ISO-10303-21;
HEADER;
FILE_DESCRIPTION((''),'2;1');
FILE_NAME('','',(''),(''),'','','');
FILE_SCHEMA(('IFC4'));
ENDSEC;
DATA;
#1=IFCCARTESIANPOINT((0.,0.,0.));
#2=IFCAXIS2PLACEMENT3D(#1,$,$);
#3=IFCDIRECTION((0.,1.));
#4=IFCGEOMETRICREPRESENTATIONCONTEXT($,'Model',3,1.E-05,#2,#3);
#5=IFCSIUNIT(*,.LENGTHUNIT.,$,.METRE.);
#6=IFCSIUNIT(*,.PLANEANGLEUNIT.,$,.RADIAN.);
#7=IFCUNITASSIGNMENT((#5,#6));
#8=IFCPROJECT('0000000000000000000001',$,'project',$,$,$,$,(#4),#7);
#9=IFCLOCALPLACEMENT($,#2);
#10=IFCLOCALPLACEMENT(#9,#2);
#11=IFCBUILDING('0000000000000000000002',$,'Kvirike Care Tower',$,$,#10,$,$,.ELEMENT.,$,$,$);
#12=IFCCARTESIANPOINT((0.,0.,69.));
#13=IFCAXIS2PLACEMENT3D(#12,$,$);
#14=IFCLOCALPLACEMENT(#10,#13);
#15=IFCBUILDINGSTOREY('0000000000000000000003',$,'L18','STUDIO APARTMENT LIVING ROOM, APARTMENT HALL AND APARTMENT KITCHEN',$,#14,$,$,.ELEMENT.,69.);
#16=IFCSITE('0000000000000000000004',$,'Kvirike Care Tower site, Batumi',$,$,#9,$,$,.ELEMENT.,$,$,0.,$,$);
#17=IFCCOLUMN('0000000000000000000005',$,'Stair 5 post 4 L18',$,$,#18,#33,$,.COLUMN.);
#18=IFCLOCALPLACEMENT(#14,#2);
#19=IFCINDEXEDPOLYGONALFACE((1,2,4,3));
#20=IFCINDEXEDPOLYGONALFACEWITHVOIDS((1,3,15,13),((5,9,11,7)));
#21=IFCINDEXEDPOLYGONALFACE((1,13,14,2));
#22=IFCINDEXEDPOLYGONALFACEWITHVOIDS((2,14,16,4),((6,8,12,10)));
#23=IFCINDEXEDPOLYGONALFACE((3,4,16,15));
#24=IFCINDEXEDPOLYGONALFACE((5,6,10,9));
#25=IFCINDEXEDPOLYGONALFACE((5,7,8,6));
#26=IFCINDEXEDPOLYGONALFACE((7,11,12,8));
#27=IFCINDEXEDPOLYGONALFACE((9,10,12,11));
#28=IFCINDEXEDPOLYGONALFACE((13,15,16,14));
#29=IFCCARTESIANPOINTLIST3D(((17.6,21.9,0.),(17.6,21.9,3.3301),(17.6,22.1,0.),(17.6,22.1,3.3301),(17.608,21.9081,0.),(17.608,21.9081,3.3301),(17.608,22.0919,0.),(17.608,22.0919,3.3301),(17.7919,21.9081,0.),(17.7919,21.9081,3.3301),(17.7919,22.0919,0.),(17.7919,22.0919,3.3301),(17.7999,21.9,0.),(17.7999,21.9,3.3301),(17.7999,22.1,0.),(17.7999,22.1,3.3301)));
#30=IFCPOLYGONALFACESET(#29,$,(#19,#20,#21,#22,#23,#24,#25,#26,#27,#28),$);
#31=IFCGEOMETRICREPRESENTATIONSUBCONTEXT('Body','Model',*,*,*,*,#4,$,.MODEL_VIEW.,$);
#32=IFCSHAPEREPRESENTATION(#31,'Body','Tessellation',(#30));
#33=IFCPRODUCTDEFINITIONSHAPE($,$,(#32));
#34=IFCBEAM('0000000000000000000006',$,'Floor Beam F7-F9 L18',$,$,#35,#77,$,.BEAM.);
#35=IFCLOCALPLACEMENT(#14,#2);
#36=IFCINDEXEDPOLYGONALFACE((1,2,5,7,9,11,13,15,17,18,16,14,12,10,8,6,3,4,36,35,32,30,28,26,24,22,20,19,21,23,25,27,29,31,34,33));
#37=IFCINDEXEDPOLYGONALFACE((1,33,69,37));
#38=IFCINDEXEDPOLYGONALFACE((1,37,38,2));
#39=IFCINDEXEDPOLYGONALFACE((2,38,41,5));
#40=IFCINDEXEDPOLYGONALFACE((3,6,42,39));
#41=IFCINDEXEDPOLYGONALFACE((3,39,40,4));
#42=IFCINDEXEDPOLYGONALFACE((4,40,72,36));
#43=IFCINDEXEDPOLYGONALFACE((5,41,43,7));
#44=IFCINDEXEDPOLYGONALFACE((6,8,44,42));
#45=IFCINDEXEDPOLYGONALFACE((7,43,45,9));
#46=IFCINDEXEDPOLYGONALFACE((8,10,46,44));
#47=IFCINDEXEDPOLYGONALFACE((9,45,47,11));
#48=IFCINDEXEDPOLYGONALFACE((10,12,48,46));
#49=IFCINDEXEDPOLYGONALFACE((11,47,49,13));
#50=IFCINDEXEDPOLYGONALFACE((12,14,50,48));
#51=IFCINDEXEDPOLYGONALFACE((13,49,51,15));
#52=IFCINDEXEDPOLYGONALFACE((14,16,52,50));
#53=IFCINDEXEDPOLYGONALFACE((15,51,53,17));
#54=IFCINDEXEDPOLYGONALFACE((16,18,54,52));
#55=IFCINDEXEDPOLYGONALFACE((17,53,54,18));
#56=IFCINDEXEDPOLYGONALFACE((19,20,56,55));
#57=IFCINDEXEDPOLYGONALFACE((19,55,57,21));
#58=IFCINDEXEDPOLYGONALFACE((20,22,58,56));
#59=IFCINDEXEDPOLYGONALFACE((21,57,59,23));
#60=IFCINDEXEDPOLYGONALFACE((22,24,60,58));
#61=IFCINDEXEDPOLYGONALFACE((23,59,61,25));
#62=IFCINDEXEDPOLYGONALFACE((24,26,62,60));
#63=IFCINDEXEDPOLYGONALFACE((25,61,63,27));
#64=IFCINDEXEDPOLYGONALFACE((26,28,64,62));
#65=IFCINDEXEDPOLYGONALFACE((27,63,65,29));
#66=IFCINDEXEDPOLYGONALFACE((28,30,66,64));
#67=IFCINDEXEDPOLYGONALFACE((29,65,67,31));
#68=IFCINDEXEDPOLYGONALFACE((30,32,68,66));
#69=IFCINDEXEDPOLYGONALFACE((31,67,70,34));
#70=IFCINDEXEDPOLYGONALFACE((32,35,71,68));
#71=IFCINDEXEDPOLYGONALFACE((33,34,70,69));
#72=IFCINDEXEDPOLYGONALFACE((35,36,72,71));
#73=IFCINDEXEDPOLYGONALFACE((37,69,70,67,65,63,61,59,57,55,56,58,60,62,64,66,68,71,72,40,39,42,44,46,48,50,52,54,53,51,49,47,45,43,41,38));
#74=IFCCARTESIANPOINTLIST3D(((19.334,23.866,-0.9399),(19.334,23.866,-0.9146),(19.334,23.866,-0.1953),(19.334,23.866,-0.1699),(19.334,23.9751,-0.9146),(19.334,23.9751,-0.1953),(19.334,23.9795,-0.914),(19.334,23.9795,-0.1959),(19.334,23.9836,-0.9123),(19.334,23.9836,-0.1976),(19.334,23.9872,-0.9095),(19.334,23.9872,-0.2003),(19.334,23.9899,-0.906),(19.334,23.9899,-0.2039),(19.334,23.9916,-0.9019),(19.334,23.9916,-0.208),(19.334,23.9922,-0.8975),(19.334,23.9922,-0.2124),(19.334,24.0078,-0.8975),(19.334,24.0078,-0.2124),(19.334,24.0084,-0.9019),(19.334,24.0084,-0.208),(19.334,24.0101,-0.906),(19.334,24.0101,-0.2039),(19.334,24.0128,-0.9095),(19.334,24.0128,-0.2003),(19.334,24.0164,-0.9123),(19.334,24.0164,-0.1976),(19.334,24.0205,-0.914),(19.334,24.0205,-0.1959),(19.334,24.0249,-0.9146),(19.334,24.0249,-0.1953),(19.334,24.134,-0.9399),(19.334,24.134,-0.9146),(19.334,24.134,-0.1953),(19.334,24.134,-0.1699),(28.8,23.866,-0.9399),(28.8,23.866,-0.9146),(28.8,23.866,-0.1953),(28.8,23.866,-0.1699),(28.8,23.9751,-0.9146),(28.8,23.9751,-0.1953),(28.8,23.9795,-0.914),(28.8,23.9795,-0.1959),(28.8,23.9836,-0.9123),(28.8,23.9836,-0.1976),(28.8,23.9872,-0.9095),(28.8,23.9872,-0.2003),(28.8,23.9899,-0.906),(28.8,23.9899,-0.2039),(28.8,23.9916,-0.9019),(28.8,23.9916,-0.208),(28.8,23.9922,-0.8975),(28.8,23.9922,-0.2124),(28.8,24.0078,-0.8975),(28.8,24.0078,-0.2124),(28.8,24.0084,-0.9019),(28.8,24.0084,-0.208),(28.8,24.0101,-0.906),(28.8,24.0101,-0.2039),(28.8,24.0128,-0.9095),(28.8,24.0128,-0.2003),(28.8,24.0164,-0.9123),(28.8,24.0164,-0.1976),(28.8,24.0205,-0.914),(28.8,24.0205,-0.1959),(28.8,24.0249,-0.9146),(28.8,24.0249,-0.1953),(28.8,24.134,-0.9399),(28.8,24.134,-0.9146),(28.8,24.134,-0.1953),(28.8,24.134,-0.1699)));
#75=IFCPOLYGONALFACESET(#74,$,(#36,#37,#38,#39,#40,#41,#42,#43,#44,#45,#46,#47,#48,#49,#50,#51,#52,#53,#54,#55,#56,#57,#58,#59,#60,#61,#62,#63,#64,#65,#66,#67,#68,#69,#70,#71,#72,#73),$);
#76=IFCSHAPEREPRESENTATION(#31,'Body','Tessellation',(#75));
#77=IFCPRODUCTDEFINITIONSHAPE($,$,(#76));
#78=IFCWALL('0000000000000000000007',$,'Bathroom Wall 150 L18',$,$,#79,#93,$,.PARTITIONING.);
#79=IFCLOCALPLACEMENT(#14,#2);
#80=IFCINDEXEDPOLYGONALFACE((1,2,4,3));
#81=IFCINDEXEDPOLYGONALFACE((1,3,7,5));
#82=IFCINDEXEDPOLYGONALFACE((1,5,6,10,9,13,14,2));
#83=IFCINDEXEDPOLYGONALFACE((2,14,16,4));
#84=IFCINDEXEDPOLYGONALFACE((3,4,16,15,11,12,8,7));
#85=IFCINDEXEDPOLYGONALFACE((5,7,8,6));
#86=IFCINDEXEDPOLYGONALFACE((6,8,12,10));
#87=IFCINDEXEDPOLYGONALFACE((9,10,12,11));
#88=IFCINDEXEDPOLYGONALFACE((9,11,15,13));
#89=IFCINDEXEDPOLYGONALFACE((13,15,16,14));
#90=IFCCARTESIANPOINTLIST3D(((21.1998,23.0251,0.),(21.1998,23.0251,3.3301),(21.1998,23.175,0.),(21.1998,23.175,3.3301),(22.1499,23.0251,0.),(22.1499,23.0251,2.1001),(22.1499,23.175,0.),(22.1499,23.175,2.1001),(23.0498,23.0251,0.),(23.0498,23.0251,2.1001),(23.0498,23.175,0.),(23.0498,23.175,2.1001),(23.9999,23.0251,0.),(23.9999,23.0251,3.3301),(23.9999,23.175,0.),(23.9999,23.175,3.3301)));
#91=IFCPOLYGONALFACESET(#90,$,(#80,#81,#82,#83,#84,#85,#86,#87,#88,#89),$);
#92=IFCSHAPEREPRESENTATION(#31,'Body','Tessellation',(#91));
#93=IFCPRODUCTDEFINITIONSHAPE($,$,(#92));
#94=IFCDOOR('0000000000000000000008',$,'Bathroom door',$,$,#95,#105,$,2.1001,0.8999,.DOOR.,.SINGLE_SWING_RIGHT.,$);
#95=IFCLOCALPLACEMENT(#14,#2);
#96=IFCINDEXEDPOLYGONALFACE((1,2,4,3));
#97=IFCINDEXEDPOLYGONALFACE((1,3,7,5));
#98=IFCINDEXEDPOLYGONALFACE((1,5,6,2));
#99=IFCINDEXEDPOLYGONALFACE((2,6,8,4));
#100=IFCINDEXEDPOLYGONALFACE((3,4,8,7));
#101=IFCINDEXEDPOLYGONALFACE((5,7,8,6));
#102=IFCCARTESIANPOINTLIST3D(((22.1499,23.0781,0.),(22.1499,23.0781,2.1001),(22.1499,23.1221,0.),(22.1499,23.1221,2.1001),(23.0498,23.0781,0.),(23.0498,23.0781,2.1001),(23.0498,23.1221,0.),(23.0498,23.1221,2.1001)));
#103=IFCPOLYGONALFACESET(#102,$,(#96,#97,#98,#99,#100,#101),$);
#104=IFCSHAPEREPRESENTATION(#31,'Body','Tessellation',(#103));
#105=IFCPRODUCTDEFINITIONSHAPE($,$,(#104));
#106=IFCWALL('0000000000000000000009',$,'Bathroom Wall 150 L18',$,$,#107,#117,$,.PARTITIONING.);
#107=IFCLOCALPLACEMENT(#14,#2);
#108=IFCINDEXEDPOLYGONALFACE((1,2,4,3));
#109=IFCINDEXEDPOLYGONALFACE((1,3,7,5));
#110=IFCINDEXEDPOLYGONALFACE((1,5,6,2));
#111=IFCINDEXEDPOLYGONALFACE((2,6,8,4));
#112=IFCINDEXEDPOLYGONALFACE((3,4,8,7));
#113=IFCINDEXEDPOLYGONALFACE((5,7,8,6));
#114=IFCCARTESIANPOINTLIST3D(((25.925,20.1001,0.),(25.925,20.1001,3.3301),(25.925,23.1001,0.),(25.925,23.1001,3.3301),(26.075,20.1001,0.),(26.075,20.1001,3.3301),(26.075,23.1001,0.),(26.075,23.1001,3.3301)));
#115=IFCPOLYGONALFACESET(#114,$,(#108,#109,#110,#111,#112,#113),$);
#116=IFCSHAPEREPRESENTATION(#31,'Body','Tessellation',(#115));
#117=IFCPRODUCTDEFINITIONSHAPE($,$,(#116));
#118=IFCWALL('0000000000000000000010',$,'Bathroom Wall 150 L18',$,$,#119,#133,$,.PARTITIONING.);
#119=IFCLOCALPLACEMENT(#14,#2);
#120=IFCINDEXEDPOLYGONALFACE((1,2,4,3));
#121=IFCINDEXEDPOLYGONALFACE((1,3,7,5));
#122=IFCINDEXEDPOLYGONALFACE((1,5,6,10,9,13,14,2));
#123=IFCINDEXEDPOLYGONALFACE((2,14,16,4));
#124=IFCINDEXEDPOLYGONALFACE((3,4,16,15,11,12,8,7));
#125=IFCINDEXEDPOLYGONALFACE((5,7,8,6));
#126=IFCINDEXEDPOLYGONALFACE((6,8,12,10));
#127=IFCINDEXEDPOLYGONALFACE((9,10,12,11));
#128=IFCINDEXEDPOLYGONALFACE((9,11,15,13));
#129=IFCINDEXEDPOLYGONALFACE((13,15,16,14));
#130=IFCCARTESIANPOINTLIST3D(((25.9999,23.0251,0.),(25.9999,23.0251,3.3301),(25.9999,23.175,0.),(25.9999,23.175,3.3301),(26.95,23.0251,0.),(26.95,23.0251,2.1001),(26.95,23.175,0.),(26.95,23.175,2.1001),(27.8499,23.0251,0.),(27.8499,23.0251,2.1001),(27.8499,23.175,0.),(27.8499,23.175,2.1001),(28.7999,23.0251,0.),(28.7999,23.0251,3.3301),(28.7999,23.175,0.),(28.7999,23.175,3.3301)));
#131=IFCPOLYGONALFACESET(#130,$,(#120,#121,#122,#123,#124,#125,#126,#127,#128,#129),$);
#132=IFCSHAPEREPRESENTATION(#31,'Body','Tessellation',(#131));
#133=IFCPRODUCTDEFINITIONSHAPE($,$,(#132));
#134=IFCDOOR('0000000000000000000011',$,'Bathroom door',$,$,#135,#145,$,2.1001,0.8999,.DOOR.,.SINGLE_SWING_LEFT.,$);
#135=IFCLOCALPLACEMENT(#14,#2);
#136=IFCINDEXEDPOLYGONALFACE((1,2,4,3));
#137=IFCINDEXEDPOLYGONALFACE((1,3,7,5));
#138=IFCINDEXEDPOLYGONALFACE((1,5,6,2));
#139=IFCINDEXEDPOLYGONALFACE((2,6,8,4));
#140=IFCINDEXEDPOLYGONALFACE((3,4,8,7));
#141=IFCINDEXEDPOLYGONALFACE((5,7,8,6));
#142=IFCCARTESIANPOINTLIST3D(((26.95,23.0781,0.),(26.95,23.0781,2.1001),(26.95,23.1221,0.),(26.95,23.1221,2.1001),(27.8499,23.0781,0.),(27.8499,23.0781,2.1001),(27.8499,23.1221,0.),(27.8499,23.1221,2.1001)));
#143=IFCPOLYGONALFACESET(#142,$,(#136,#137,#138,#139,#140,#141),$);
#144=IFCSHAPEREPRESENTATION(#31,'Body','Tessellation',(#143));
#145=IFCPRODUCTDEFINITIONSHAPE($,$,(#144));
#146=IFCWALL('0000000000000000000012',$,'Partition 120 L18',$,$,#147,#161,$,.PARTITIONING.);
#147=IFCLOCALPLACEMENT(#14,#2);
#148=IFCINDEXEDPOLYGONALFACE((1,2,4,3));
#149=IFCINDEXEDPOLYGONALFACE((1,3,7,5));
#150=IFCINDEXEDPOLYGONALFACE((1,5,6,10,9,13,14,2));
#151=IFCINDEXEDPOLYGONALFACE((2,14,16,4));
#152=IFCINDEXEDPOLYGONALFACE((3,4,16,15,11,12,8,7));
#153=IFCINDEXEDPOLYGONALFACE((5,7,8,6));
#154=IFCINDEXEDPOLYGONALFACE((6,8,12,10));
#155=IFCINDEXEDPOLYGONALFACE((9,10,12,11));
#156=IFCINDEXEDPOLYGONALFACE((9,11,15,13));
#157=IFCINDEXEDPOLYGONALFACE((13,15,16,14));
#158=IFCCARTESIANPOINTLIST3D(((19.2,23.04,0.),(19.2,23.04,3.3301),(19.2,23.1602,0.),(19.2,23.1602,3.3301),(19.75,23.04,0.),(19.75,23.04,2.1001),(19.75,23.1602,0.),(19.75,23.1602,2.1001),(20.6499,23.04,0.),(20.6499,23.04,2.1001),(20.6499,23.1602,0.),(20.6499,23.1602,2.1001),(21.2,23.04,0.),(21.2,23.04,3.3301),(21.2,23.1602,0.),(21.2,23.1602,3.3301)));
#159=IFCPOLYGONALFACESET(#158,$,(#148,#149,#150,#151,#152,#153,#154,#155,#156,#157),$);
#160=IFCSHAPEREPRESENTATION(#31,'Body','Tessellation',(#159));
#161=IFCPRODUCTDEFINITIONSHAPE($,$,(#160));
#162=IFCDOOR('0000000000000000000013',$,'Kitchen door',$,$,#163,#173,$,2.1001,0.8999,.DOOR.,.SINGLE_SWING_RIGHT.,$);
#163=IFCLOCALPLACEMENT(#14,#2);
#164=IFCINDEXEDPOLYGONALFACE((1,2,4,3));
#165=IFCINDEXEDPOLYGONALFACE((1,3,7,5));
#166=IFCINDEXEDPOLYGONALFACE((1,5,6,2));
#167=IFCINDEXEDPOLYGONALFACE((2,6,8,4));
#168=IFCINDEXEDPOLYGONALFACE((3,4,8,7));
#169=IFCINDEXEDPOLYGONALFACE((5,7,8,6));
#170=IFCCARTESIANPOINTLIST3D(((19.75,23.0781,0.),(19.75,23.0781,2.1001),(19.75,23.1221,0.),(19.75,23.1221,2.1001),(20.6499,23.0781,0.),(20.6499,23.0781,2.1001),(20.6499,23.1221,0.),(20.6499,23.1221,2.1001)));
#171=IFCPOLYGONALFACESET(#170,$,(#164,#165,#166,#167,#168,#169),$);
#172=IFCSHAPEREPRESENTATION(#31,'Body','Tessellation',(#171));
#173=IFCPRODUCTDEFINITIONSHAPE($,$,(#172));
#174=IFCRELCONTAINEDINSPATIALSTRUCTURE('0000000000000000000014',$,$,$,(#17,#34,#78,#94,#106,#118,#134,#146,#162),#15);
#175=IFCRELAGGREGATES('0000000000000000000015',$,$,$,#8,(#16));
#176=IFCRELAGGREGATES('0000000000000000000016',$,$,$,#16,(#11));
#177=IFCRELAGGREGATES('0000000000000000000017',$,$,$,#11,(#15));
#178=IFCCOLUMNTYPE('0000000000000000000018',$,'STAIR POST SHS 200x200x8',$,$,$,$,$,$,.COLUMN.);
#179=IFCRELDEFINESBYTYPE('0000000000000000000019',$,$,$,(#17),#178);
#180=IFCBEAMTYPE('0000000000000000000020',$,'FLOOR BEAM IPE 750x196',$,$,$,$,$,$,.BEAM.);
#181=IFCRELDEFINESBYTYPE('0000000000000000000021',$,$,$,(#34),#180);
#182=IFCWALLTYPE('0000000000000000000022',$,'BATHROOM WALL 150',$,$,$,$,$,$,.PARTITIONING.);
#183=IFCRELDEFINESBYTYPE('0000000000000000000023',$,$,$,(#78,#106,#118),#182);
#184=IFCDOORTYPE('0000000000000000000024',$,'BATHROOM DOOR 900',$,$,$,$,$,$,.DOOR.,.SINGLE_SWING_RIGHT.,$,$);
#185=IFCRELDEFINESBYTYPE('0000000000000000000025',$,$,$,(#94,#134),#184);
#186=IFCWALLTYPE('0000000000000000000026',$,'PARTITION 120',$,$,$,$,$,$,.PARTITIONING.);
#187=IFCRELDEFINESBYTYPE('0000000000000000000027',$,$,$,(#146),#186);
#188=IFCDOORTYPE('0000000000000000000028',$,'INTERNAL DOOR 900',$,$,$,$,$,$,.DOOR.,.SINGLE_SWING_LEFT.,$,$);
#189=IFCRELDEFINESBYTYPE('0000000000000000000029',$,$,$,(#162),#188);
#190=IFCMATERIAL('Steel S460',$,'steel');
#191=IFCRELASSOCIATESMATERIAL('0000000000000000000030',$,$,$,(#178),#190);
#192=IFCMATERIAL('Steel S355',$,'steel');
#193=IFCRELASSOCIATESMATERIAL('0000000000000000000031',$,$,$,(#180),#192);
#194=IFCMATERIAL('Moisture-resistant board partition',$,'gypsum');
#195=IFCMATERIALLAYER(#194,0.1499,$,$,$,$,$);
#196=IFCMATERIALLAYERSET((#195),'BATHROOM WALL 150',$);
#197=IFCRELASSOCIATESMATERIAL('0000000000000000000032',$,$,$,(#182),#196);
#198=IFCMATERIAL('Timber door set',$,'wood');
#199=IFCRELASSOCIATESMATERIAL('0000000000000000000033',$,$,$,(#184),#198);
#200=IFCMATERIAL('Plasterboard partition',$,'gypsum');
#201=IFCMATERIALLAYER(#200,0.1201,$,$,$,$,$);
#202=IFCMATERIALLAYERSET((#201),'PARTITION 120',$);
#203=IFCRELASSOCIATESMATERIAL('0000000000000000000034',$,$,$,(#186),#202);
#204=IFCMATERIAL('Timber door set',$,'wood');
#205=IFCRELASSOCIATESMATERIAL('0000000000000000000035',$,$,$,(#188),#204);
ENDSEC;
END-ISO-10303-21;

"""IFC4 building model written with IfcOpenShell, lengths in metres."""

from ifc_helpers import new_model, si_unit, direction, frame, frame_2d, origin, origin_2d, place, context, subcontext, project, spatial, rectangle, hollow_rectangle, i_section, extrude, material, layer, layer_set, material_profile, profile_set, type_object, element, fill, save


model = new_model("IFC4")

# Units and contexts
model_context = context("Model", 3, precision=1e-05, world=origin(), true_north=direction((0.0, 1.0)))
body_context = subcontext(model_context, "Body", "Model", "MODEL_VIEW")
ifc_project = project(units=[si_unit("LENGTHUNIT", "METRE"), si_unit("PLANEANGLEUNIT", "RADIAN")], contexts=[model_context])

# Site, building, storey
site_placement = place(None, origin())
site = spatial("IfcSite", under=ifc_project, at=site_placement, Name="Kvirike Care Tower site, Batumi", CompositionType="ELEMENT", RefElevation=0.0)
building_placement = place(site_placement, origin())
building = spatial("IfcBuilding", under=site, at=building_placement, Name="Kvirike Care Tower", CompositionType="ELEMENT")
storey_placement = place(building_placement, frame((0.0, 0.0, 69.0)))
storey = spatial("IfcBuildingStorey", under=building, at=storey_placement, Name="L18", Description="STUDIO APARTMENT LIVING ROOM, APARTMENT HALL AND APARTMENT KITCHEN", CompositionType="ELEMENT", Elevation=69.0)

# Column
ifc_material_1 = material(Name="Steel S460", Category="steel")
ifc_material_profile_1 = material_profile(ifc_material_1, hollow_rectangle(XDim=0.2, YDim=0.2, WallThickness=0.0081, at=origin_2d()), Name="SHS 200x200x8")
ifc_profile_set_1 = profile_set([ifc_material_profile_1], Name="Steel S460")
column_type = type_object("IfcColumnType", Name="STAIR POST SHS 200x200x8", PredefinedType="COLUMN", material=ifc_profile_set_1)
column_placement = place(storey_placement, frame((17.7, 22.0, 0.0), z_axis=(0.0, 0.0, 1.0), x_axis=(1.0, 0.0, 0.0)))
element("IfcColumn", 1, at=column_placement, inside=storey, type_object=column_type, Name="Stair 5 post 4 L18", PredefinedType="COLUMN", context=body_context, shape_type="SweptSolid", body=[
    extrude(hollow_rectangle(XDim=0.2, YDim=0.2, WallThickness=0.0081, at=origin_2d()), origin(), (0.0, 0.0, 1.0), 3.3301),
])

# Beam
ifc_material_2 = material(Name="Steel S355", Category="steel")
ifc_material_profile_2 = material_profile(ifc_material_2, i_section(OverallWidth=0.2681, OverallDepth=0.77, WebThickness=0.0156, FlangeThickness=0.0254, FilletRadius=0.0171, at=origin_2d()), Name="IPE 750x196")
ifc_profile_set_2 = profile_set([ifc_material_profile_2], Name="Steel S355")
beam_type = type_object("IfcBeamType", Name="FLOOR BEAM IPE 750x196", PredefinedType="BEAM", material=ifc_profile_set_2)
beam_placement = place(storey_placement, frame((19.334, 24.0, -0.5549), z_axis=(1.0, 0.0, 0.0), x_axis=(0.0, 1.0, 0.0)))
element("IfcBeam", 2, at=beam_placement, inside=storey, type_object=beam_type, Name="Floor Beam F7-F9 L18", PredefinedType="BEAM", context=body_context, shape_type="SweptSolid", body=[
    extrude(i_section(OverallWidth=0.2681, OverallDepth=0.77, WebThickness=0.0156, FlangeThickness=0.0254, FilletRadius=0.0171, at=origin_2d()), origin(), (0.0, 0.0, 1.0), 9.4661),
])

# Wall, opening, door
ifc_material_3 = material(Name="Moisture-resistant board partition", Category="gypsum")
ifc_layer_1 = layer(ifc_material_3, 0.1499)
ifc_layer_set_1 = layer_set([ifc_layer_1], Name="BATHROOM WALL 150")
wall_type_1 = type_object("IfcWallType", Name="BATHROOM WALL 150", PredefinedType="PARTITIONING", material=ifc_layer_set_1)
wall_1_placement = place(storey_placement, frame((21.2, 23.1001, 0.0), z_axis=(0.0, 0.0, 1.0), x_axis=(1.0, 0.0, 0.0)))
wall_1 = element("IfcWall", 3, at=wall_1_placement, inside=storey, type_object=wall_type_1, Name="Bathroom Wall 150 L18", PredefinedType="PARTITIONING", context=body_context, shape_type="SweptSolid", body=[
    extrude(rectangle(XDim=2.8, YDim=0.1499, at=frame_2d((1.3999, 0.0))), origin(), (0.0, 0.0, 1.0), 3.3301),
])
opening_1_placement = place(wall_1_placement, frame((0.95, 0.0, 0.0)))
opening_1 = element("IfcOpeningElement", 4, at=opening_1_placement, cuts=wall_1, PredefinedType="OPENING", context=body_context, shape_type="SweptSolid", body=[
    extrude(rectangle(XDim=0.8999, YDim=2.1001, at=frame_2d((0.45, 1.05))), frame((0.0, 0.0854, 0.0), z_axis=(0.0, -1.0, 0.0), x_axis=(1.0, 0.0, 0.0)), (0.0, 0.0, 1.0), 0.1709),
])
ifc_material_4 = material(Name="Timber door set", Category="wood")
door_type_1 = type_object("IfcDoorType", Name="BATHROOM DOOR 900", OperationType="SINGLE_SWING_RIGHT", PredefinedType="DOOR", material=ifc_material_4)
door_1_placement = place(opening_1_placement, frame((0.8999, 0.0, 0.0), z_axis=(0.0, 0.0, 1.0), x_axis=(-1.0, 0.0, 0.0)))
door_1 = element("IfcDoor", 5, at=door_1_placement, inside=storey, type_object=door_type_1, Name="Bathroom door", OperationType="SINGLE_SWING_RIGHT", OverallHeight=2.1001, OverallWidth=0.8999, PredefinedType="DOOR", context=body_context, shape_type="SweptSolid", body=[
    extrude(rectangle(XDim=0.8999, YDim=2.1001, at=frame_2d((0.45, 1.05))), frame((0.0, 0.022, 0.0), z_axis=(0.0, -1.0, 0.0), x_axis=(1.0, 0.0, 0.0)), (0.0, 0.0, 1.0), 0.0439),
])
fill(opening_1, door_1)

# Wall
wall_2_placement = place(storey_placement, frame((26.0, 20.1001, 0.0), z_axis=(0.0, 0.0, 1.0), x_axis=(0.0, 1.0, 0.0)))
element("IfcWall", 6, at=wall_2_placement, inside=storey, type_object=wall_type_1, Name="Bathroom Wall 150 L18", PredefinedType="PARTITIONING", context=body_context, shape_type="SweptSolid", body=[
    extrude(rectangle(XDim=3.0, YDim=0.1499, at=frame_2d((1.5, 0.0))), origin(), (0.0, 0.0, 1.0), 3.3301),
])

# Walls, openings, doors
wall_3_placement = place(storey_placement, frame((26.0, 23.1001, 0.0), z_axis=(0.0, 0.0, 1.0), x_axis=(1.0, 0.0, 0.0)))
wall_3 = element("IfcWall", 7, at=wall_3_placement, inside=storey, type_object=wall_type_1, Name="Bathroom Wall 150 L18", PredefinedType="PARTITIONING", context=body_context, shape_type="SweptSolid", body=[
    extrude(rectangle(XDim=2.8, YDim=0.1499, at=frame_2d((1.3999, 0.0))), origin(), (0.0, 0.0, 1.0), 3.3301),
])
opening_2_placement = place(wall_3_placement, frame((0.95, 0.0, 0.0)))
opening_2 = element("IfcOpeningElement", 8, at=opening_2_placement, cuts=wall_3, PredefinedType="OPENING", context=body_context, shape_type="SweptSolid", body=[
    extrude(rectangle(XDim=0.8999, YDim=2.1001, at=frame_2d((0.45, 1.05))), frame((0.0, 0.0854, 0.0), z_axis=(0.0, -1.0, 0.0), x_axis=(1.0, 0.0, 0.0)), (0.0, 0.0, 1.0), 0.1709),
])
door_2_placement = place(opening_2_placement, frame((0.8999, 0.0, 0.0), z_axis=(0.0, 0.0, 1.0), x_axis=(-1.0, 0.0, 0.0)))
door_2 = element("IfcDoor", 9, at=door_2_placement, inside=storey, type_object=door_type_1, Name="Bathroom door", OperationType="SINGLE_SWING_LEFT", OverallHeight=2.1001, OverallWidth=0.8999, PredefinedType="DOOR", context=body_context, shape_type="SweptSolid", body=[
    extrude(rectangle(XDim=0.8999, YDim=2.1001, at=frame_2d((0.45, 1.05))), frame((0.0, 0.022, 0.0), z_axis=(0.0, -1.0, 0.0), x_axis=(1.0, 0.0, 0.0)), (0.0, 0.0, 1.0), 0.0439),
])
fill(opening_2, door_2)
ifc_material_5 = material(Name="Plasterboard partition", Category="gypsum")
ifc_layer_2 = layer(ifc_material_5, 0.1201)
ifc_layer_set_2 = layer_set([ifc_layer_2], Name="PARTITION 120")
wall_type_2 = type_object("IfcWallType", Name="PARTITION 120", PredefinedType="PARTITIONING", material=ifc_layer_set_2)
wall_4_placement = place(storey_placement, frame((19.2, 23.1001, 0.0), z_axis=(0.0, 0.0, 1.0), x_axis=(1.0, 0.0, 0.0)))
wall_4 = element("IfcWall", 10, at=wall_4_placement, inside=storey, type_object=wall_type_2, Name="Partition 120 L18", PredefinedType="PARTITIONING", context=body_context, shape_type="SweptSolid", body=[
    extrude(rectangle(XDim=2.0, YDim=0.1201, at=frame_2d((1.0, 0.0))), origin(), (0.0, 0.0, 1.0), 3.3301),
])
opening_3_placement = place(wall_4_placement, frame((0.55, 0.0, 0.0)))
opening_3 = element("IfcOpeningElement", 11, at=opening_3_placement, cuts=wall_4, PredefinedType="OPENING", context=body_context, shape_type="SweptSolid", body=[
    extrude(rectangle(XDim=0.8999, YDim=2.1001, at=frame_2d((0.45, 1.05))), frame((0.0, 0.0706, 0.0), z_axis=(0.0, -1.0, 0.0), x_axis=(1.0, 0.0, 0.0)), (0.0, 0.0, 1.0), 0.1411),
])
ifc_material_6 = material(Name="Timber door set", Category="wood")
door_type_2 = type_object("IfcDoorType", Name="INTERNAL DOOR 900", OperationType="SINGLE_SWING_LEFT", PredefinedType="DOOR", material=ifc_material_6)
door_3_placement = place(opening_3_placement, frame((0.8999, 0.0, 0.0), z_axis=(0.0, 0.0, 1.0), x_axis=(-1.0, 0.0, 0.0)))
door_3 = element("IfcDoor", 12, at=door_3_placement, inside=storey, type_object=door_type_2, Name="Kitchen door", OperationType="SINGLE_SWING_RIGHT", OverallHeight=2.1001, OverallWidth=0.8999, PredefinedType="DOOR", context=body_context, shape_type="SweptSolid", body=[
    extrude(rectangle(XDim=0.8999, YDim=2.1001, at=frame_2d((0.45, 1.05))), frame((0.0, 0.022, 0.0), z_axis=(0.0, -1.0, 0.0), x_axis=(1.0, 0.0, 0.0)), (0.0, 0.0, 1.0), 0.0439),
])
fill(opening_3, door_3)

save(model, "model.ifc")
